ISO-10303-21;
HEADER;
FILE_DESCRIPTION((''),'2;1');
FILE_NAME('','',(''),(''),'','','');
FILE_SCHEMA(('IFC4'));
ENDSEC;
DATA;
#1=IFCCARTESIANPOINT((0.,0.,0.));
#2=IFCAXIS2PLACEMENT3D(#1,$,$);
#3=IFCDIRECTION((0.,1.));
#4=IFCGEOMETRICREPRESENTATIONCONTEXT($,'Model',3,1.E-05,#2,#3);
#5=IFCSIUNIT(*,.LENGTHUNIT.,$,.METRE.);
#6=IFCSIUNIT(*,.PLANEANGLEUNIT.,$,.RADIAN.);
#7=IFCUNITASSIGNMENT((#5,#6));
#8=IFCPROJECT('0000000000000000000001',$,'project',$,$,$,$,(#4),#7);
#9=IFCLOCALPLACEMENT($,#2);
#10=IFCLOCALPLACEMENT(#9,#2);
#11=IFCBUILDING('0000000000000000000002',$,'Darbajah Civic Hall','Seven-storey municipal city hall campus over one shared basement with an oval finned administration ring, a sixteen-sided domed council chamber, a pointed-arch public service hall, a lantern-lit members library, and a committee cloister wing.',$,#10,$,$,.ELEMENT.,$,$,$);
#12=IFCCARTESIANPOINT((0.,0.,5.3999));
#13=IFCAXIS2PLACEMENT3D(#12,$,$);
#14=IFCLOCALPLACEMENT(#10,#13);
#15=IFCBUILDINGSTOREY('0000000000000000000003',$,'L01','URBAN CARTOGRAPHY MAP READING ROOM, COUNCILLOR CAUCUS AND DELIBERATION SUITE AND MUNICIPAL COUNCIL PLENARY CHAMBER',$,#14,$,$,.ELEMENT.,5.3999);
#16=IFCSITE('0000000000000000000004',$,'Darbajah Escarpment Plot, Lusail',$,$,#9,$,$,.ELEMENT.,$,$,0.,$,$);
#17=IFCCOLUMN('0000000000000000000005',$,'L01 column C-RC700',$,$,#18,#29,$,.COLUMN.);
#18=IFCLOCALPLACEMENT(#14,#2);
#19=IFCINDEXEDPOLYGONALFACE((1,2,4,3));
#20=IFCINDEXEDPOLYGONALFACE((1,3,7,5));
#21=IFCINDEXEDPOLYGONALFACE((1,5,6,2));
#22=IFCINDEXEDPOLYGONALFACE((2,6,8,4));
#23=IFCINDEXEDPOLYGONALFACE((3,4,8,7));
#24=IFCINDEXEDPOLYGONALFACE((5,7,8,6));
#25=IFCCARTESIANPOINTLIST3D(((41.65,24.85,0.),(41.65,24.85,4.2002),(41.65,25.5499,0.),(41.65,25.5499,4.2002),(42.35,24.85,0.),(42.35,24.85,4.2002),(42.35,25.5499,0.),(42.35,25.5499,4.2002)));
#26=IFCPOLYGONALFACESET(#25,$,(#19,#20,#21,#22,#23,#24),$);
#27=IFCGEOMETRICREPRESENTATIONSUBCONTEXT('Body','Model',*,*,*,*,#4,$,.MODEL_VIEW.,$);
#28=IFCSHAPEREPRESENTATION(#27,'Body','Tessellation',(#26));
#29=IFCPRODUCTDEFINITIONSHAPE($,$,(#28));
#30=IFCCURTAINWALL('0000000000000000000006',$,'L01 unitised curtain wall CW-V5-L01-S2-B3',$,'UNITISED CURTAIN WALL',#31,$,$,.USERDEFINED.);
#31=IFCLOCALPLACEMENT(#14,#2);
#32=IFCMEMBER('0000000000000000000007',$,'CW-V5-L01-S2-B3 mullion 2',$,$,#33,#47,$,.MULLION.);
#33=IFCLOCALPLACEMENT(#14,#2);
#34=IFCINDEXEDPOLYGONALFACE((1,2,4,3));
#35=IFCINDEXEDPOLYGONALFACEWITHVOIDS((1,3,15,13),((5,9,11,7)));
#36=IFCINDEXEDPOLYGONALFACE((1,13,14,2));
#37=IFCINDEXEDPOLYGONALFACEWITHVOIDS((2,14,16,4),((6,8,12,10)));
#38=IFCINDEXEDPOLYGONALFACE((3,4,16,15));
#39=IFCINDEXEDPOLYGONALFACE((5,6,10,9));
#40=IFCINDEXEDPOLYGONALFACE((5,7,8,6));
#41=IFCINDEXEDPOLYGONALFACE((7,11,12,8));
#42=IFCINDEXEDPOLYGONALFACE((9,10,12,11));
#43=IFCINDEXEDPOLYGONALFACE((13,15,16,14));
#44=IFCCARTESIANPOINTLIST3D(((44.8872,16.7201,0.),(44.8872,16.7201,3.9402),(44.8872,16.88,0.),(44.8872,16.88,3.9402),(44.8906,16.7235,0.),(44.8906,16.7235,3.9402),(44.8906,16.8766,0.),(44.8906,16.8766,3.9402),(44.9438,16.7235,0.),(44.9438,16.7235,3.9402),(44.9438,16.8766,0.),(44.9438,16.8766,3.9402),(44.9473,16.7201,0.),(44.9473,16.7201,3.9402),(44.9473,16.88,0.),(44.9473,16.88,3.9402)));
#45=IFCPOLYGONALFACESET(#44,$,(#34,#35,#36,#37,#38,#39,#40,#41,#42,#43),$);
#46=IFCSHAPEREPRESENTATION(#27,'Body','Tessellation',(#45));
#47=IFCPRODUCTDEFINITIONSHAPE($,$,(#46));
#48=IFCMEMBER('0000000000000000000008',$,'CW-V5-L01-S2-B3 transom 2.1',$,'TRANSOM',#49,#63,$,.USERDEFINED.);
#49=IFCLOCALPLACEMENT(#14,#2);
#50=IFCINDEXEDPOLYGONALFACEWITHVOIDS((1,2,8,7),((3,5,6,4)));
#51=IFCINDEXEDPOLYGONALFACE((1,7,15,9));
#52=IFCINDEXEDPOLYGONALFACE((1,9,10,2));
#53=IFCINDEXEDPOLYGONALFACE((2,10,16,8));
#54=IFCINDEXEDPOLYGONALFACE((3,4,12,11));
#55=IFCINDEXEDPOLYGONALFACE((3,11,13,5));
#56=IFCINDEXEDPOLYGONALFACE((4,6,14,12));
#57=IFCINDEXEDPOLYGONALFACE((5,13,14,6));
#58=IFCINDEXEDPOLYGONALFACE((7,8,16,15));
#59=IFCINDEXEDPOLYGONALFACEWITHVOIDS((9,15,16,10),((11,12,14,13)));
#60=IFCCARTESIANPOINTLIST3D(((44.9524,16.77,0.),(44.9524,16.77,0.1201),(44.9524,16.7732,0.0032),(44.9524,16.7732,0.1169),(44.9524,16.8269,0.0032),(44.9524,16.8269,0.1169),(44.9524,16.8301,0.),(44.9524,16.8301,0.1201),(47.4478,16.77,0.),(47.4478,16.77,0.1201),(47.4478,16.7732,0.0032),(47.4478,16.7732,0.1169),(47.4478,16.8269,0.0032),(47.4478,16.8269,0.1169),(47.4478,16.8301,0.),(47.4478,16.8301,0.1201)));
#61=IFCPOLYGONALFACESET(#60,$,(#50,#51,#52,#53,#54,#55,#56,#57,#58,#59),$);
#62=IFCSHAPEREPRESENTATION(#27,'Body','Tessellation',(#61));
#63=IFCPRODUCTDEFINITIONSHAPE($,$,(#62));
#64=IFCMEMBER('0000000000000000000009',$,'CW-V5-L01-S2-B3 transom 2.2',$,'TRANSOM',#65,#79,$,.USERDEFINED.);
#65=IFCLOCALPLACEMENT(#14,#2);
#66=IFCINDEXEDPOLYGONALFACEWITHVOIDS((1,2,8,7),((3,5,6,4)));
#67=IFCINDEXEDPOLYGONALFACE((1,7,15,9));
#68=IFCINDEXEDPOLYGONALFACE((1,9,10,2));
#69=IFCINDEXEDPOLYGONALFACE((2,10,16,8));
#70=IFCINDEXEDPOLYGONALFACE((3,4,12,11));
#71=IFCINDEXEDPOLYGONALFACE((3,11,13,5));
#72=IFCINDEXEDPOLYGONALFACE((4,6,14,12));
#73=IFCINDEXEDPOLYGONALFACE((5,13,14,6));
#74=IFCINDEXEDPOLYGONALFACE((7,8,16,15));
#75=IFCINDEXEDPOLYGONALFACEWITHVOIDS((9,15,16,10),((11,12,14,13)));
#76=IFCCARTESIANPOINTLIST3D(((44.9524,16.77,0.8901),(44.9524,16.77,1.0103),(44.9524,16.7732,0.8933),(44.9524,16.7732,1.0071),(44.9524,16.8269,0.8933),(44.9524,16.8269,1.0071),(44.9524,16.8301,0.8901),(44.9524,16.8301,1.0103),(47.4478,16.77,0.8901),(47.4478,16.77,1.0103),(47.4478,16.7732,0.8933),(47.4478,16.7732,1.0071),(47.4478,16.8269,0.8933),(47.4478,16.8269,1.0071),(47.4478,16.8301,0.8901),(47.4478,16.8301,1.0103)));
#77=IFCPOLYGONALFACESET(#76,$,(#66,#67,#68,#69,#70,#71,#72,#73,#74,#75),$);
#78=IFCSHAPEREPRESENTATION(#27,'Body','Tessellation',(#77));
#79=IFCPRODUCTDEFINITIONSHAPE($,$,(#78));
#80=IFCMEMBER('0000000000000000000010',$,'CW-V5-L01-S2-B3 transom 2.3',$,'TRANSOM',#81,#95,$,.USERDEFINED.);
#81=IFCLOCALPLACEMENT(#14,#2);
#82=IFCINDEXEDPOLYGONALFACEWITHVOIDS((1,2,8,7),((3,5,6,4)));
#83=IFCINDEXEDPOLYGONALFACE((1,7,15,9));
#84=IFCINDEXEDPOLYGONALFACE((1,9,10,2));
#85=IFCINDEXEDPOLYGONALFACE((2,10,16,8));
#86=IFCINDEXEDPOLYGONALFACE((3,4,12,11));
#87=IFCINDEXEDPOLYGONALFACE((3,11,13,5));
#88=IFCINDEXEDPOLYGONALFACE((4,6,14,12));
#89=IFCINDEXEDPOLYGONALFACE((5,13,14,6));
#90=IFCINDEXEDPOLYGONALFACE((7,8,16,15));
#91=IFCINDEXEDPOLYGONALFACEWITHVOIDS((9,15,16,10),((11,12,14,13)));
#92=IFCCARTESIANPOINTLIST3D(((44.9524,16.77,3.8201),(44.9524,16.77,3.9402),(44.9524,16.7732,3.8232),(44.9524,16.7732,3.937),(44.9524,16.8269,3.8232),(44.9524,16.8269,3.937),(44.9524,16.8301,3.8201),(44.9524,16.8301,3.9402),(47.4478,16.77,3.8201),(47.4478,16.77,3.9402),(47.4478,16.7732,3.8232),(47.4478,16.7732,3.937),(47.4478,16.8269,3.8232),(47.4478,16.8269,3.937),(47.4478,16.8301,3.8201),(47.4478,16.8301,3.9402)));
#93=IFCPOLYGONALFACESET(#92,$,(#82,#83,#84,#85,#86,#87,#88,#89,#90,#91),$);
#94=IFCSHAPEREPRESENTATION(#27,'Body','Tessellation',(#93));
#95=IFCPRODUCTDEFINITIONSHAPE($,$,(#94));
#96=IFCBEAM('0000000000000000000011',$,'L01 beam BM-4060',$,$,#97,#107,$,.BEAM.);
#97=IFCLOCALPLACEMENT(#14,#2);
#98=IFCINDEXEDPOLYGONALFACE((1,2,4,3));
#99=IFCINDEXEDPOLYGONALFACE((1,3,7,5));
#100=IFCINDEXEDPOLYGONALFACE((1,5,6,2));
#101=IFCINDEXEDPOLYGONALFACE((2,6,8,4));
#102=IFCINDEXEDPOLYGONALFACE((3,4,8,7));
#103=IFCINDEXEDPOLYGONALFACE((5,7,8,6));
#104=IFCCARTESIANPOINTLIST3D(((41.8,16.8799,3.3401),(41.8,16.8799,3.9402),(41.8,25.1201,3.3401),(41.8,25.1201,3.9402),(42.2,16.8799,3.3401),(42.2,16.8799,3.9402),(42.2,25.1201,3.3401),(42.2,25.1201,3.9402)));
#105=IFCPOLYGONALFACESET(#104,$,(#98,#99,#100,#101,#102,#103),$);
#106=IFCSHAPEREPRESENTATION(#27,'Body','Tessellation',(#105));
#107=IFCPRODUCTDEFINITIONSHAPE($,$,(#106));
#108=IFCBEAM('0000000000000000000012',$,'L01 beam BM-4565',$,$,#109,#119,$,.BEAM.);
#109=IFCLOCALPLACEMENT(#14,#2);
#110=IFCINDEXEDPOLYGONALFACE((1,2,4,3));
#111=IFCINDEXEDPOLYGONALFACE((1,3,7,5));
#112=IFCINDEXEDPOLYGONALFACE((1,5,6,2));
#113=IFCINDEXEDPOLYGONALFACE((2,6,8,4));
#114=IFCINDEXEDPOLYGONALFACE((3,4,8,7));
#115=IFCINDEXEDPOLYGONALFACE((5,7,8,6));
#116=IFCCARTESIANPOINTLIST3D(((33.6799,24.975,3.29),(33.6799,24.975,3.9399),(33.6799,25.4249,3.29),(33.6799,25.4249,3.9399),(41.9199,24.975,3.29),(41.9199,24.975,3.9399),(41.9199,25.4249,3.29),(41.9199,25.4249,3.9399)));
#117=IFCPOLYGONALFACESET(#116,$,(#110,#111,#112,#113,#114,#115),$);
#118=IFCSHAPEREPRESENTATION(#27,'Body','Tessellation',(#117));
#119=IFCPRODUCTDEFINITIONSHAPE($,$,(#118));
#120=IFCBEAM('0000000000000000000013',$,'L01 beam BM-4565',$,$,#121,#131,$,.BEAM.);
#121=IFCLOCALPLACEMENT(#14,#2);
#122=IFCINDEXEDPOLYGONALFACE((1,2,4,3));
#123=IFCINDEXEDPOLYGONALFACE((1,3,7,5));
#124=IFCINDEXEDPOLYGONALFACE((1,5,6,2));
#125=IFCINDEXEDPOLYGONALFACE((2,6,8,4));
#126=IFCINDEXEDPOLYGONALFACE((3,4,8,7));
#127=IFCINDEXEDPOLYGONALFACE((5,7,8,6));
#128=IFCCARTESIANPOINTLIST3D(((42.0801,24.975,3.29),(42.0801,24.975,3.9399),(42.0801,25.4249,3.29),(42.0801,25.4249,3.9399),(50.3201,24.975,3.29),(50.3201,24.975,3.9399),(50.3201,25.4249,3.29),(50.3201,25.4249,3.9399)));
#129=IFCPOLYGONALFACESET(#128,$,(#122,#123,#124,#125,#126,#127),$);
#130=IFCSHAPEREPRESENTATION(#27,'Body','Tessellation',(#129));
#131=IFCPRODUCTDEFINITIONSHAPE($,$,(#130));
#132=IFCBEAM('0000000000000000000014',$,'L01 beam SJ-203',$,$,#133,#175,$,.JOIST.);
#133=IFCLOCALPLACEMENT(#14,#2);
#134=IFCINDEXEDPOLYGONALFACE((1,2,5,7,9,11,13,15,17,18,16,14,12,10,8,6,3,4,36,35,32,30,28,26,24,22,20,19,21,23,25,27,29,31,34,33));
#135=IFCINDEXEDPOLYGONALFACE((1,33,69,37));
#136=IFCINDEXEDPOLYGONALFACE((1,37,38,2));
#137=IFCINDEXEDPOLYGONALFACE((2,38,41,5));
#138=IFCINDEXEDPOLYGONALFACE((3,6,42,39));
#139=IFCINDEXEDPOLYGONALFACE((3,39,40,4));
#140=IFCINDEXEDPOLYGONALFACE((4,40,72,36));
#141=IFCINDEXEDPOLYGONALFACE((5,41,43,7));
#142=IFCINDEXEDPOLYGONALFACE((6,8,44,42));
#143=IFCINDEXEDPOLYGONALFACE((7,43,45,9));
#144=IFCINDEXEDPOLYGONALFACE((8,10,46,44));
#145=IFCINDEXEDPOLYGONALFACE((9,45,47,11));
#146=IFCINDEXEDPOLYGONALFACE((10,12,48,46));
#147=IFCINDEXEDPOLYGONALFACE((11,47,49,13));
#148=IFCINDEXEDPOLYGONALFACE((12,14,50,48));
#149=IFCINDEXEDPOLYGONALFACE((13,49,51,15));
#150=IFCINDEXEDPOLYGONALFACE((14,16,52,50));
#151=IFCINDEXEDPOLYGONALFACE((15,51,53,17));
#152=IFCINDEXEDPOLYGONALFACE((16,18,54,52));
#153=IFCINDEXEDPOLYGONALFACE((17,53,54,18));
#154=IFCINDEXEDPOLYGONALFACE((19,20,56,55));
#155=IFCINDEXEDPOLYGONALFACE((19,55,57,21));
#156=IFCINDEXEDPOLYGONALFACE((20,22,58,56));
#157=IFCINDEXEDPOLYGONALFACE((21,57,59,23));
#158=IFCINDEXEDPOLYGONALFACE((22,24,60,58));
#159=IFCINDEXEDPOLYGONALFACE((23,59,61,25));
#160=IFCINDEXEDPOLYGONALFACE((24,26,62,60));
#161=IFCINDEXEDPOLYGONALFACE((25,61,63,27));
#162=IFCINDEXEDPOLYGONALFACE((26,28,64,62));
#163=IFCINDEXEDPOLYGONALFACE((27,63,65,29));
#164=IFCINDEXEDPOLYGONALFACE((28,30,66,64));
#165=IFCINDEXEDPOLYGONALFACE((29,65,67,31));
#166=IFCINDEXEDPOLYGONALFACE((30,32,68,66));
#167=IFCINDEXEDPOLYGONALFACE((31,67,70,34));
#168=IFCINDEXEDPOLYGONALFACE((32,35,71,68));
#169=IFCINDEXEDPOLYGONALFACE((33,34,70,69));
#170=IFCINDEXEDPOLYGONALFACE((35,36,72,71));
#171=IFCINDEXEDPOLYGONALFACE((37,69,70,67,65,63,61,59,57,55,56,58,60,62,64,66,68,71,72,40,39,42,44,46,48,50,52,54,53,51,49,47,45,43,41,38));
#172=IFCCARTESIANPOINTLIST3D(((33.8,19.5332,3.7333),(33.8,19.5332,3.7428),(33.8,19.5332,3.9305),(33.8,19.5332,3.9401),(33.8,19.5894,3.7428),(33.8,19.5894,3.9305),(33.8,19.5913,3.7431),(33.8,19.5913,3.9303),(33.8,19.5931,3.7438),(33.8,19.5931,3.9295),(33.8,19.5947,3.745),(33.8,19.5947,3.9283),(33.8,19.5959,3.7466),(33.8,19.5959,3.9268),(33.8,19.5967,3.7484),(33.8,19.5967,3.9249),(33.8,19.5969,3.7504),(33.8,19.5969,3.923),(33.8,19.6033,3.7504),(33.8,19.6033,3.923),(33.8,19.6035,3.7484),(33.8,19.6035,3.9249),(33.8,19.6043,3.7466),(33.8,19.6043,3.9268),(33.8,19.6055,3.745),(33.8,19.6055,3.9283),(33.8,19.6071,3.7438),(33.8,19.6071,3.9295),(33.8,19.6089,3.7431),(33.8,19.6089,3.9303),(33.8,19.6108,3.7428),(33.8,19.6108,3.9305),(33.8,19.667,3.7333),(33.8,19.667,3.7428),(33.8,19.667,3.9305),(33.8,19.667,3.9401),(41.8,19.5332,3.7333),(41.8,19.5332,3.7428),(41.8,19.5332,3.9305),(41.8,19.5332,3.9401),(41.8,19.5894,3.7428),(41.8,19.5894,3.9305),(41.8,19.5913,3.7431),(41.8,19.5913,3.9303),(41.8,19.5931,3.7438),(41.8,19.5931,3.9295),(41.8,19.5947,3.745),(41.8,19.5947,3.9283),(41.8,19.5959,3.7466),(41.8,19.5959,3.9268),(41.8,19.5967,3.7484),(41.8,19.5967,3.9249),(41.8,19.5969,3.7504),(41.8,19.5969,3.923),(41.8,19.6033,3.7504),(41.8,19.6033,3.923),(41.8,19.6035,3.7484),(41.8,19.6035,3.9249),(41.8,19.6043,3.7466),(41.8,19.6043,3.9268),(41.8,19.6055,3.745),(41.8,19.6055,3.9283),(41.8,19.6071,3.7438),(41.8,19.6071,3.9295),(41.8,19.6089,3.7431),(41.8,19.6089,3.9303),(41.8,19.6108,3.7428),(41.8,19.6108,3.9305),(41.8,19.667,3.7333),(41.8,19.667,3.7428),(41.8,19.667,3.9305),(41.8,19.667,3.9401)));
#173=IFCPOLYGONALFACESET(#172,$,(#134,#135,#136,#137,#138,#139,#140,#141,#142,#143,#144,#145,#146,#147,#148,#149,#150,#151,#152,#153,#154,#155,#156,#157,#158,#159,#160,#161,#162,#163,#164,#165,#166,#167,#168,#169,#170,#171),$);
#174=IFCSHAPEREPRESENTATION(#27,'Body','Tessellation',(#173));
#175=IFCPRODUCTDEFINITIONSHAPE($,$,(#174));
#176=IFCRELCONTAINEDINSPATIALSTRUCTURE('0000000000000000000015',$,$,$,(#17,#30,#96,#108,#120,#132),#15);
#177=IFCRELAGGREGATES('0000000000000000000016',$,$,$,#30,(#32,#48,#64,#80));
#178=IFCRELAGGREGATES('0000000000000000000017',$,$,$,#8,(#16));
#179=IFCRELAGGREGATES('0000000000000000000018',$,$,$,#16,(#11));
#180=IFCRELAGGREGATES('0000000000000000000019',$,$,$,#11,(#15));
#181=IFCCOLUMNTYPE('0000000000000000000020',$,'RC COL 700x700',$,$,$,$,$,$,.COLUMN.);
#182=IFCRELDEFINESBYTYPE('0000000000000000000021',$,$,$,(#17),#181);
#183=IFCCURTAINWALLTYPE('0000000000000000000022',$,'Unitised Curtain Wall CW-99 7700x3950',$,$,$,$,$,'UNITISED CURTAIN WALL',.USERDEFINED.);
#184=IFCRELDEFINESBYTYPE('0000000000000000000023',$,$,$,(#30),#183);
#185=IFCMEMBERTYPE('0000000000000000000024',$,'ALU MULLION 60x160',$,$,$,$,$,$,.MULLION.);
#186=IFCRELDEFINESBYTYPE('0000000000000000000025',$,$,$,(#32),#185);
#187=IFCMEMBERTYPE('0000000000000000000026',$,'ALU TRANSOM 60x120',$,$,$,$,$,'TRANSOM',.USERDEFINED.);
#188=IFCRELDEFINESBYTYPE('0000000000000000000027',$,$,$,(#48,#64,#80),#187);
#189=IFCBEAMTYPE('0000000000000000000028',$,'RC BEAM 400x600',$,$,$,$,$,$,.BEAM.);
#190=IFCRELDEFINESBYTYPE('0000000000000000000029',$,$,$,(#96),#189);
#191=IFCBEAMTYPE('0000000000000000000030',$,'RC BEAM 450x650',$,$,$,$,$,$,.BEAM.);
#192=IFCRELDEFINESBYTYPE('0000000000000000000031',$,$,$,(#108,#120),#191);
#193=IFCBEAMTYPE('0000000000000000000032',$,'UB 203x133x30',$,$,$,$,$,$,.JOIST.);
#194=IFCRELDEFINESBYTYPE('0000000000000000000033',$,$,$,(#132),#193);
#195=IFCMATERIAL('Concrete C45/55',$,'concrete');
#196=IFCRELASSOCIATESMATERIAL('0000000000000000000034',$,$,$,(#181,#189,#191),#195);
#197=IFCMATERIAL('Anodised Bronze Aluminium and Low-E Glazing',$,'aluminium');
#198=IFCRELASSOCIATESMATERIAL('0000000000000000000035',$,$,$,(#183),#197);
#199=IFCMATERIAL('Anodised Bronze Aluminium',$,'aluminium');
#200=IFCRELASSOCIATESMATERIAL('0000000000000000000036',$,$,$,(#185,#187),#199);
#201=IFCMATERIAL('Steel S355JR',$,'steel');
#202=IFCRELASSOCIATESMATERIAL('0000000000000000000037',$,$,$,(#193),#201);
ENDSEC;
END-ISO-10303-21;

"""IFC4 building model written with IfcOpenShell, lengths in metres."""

from ifc_helpers import new_model, si_unit, direction, frame, origin, origin_2d, place, context, subcontext, project, spatial, rectangle, hollow_rectangle, i_section, extrude, material, material_profile, profile_set, type_object, element, aggregate, save


model = new_model("IFC4")

# Units and contexts
model_context = context("Model", 3, precision=1e-05, world=origin(), true_north=direction((0.0, 1.0)))
body_context = subcontext(model_context, "Body", "Model", "MODEL_VIEW")
ifc_project = project(units=[si_unit("LENGTHUNIT", "METRE"), si_unit("PLANEANGLEUNIT", "RADIAN")], contexts=[model_context])

# Site, building, storey
site_placement = place(None, origin())
site = spatial("IfcSite", under=ifc_project, at=site_placement, Name="Darbajah Escarpment Plot, Lusail", CompositionType="ELEMENT", RefElevation=0.0)
building_placement = place(site_placement, origin())
building = spatial("IfcBuilding", under=site, at=building_placement, Name="Darbajah Civic Hall", Description="Seven-storey municipal city hall campus over one shared basement with an oval finned administration ring, a sixteen-sided domed council chamber, a pointed-arch public service hall, a lantern-lit members library, and a committee cloister wing.", CompositionType="ELEMENT")
storey_placement = place(building_placement, frame((0.0, 0.0, 5.3999)))
storey = spatial("IfcBuildingStorey", under=building, at=storey_placement, Name="L01", Description="URBAN CARTOGRAPHY MAP READING ROOM, COUNCILLOR CAUCUS AND DELIBERATION SUITE AND MUNICIPAL COUNCIL PLENARY CHAMBER", CompositionType="ELEMENT", Elevation=5.3999)

# Column
ifc_material_1 = material(Name="Concrete C45/55", Category="concrete")
ifc_material_profile_1 = material_profile(ifc_material_1, rectangle(XDim=0.7, YDim=0.7, at=origin_2d()), Name="RC COL 700x700")
ifc_profile_set_1 = profile_set([ifc_material_profile_1], Name="Concrete C45/55")
column_type = type_object("IfcColumnType", Name="RC COL 700x700", PredefinedType="COLUMN", material=ifc_profile_set_1)
column_placement = place(storey_placement, frame((42.0, 25.2, 0.0), z_axis=(0.0, 0.0, 1.0), x_axis=(1.0, 0.0, 0.0)))
element("IfcColumn", 1, at=column_placement, inside=storey, type_object=column_type, Name="L01 column C-RC700", PredefinedType="COLUMN", context=body_context, shape_type="SweptSolid", body=[
    extrude(rectangle(XDim=0.7, YDim=0.7, at=origin_2d()), origin(), (0.0, 0.0, 1.0), 4.2002),
])

# Curtain wall, members
ifc_material_2 = material(Name="Anodised Bronze Aluminium and Low-E Glazing", Category="aluminium")
curtain_wall_type = type_object("IfcCurtainWallType", Name="Unitised Curtain Wall CW-99 7700x3950", ElementType="UNITISED CURTAIN WALL", PredefinedType="USERDEFINED", material=ifc_material_2)
curtain_wall_placement = place(storey_placement, origin())
curtain_wall = element("IfcCurtainWall", 2, at=curtain_wall_placement, inside=storey, type_object=curtain_wall_type, Name="L01 unitised curtain wall CW-V5-L01-S2-B3", ObjectType="UNITISED CURTAIN WALL", PredefinedType="USERDEFINED")
ifc_material_3 = material(Name="Anodised Bronze Aluminium", Category="aluminium")
ifc_material_profile_2 = material_profile(ifc_material_3, hollow_rectangle(XDim=0.0601, YDim=0.1599, WallThickness=0.0034, at=origin_2d()), Name="ALU MULLION 60x160")
ifc_profile_set_2 = profile_set([ifc_material_profile_2], Name="Anodised Bronze Aluminium")
member_type_1 = type_object("IfcMemberType", Name="ALU MULLION 60x160", PredefinedType="MULLION", material=ifc_profile_set_2)
member_1_placement = place(storey_placement, frame((44.9172, 16.8, 0.0), z_axis=(0.0, 0.0, 1.0), x_axis=(1.0, 0.0, 0.0)))
member_1 = element("IfcMember", 3, at=member_1_placement, type_object=member_type_1, Name="CW-V5-L01-S2-B3 mullion 2", PredefinedType="MULLION", context=body_context, shape_type="SweptSolid", body=[
    extrude(hollow_rectangle(XDim=0.0601, YDim=0.1599, WallThickness=0.0034, at=origin_2d()), origin(), (0.0, 0.0, 1.0), 3.9402),
])
ifc_material_profile_3 = material_profile(ifc_material_3, hollow_rectangle(XDim=0.0601, YDim=0.1201, WallThickness=0.0032, at=origin_2d()), Name="ALU TRANSOM 60x120")
ifc_profile_set_3 = profile_set([ifc_material_profile_3], Name="Anodised Bronze Aluminium")
member_type_2 = type_object("IfcMemberType", Name="ALU TRANSOM 60x120", ElementType="TRANSOM", PredefinedType="USERDEFINED", material=ifc_profile_set_3)
member_2_placement = place(storey_placement, frame((44.9524, 16.8, 0.0601), z_axis=(1.0, 0.0, 0.0), x_axis=(0.0, 1.0, 0.0)))
member_2 = element("IfcMember", 4, at=member_2_placement, type_object=member_type_2, Name="CW-V5-L01-S2-B3 transom 2.1", ObjectType="TRANSOM", PredefinedType="USERDEFINED", context=body_context, shape_type="SweptSolid", body=[
    extrude(hollow_rectangle(XDim=0.0601, YDim=0.1201, WallThickness=0.0032, at=origin_2d()), origin(), (0.0, 0.0, 1.0), 2.4954),
])
member_3_placement = place(storey_placement, frame((44.9524, 16.8, 0.9502), z_axis=(1.0, 0.0, 0.0), x_axis=(0.0, 1.0, 0.0)))
member_3 = element("IfcMember", 5, at=member_3_placement, type_object=member_type_2, Name="CW-V5-L01-S2-B3 transom 2.2", ObjectType="TRANSOM", PredefinedType="USERDEFINED", context=body_context, shape_type="SweptSolid", body=[
    extrude(hollow_rectangle(XDim=0.0601, YDim=0.1201, WallThickness=0.0032, at=origin_2d()), origin(), (0.0, 0.0, 1.0), 2.4954),
])
member_4_placement = place(storey_placement, frame((44.9524, 16.8, 3.8801), z_axis=(1.0, 0.0, 0.0), x_axis=(0.0, 1.0, 0.0)))
member_4 = element("IfcMember", 6, at=member_4_placement, type_object=member_type_2, Name="CW-V5-L01-S2-B3 transom 2.3", ObjectType="TRANSOM", PredefinedType="USERDEFINED", context=body_context, shape_type="SweptSolid", body=[
    extrude(hollow_rectangle(XDim=0.0601, YDim=0.1201, WallThickness=0.0032, at=origin_2d()), origin(), (0.0, 0.0, 1.0), 2.4954),
])

# Beams
ifc_material_profile_4 = material_profile(ifc_material_1, rectangle(XDim=0.3999, YDim=0.6001, at=origin_2d()), Name="RC BEAM 400x600")
ifc_profile_set_4 = profile_set([ifc_material_profile_4], Name="Concrete C45/55")
beam_type_1 = type_object("IfcBeamType", Name="RC BEAM 400x600", PredefinedType="BEAM", material=ifc_profile_set_4)
beam_1_placement = place(storey_placement, frame((42.0, 16.8799, 3.6401), z_axis=(0.0, 1.0, 0.0), x_axis=(-1.0, 0.0, 0.0)))
element("IfcBeam", 7, at=beam_1_placement, inside=storey, type_object=beam_type_1, Name="L01 beam BM-4060", PredefinedType="BEAM", context=body_context, shape_type="SweptSolid", body=[
    extrude(rectangle(XDim=0.3999, YDim=0.6001, at=origin_2d()), origin(), (0.0, 0.0, 1.0), 8.2402),
])
ifc_material_profile_5 = material_profile(ifc_material_1, rectangle(XDim=0.45, YDim=0.6499, at=origin_2d()), Name="RC BEAM 450x650")
ifc_profile_set_5 = profile_set([ifc_material_profile_5], Name="Concrete C45/55")
beam_type_2 = type_object("IfcBeamType", Name="RC BEAM 450x650", PredefinedType="BEAM", material=ifc_profile_set_5)
for number, where, z_axis, x_axis, name in (
    (8, (33.6799, 25.2, 3.615), (1.0, 0.0, 0.0), (0.0, 1.0, 0.0), "L01 beam BM-4565"),
    (9, (42.0801, 25.2, 3.615), (1.0, 0.0, 0.0), (0.0, 1.0, 0.0), "L01 beam BM-4565"),
):
    element("IfcBeam", number, at=place(storey_placement, frame(where, z_axis=z_axis, x_axis=x_axis)), inside=storey, type_object=beam_type_2, Name=name, PredefinedType="BEAM", context=body_context, shape_type="SweptSolid", body=[
        extrude(rectangle(XDim=0.45, YDim=0.6499, at=origin_2d()), origin(), (0.0, 0.0, 1.0), 8.24),
    ])
ifc_material_4 = material(Name="Steel S355JR", Category="steel")
ifc_material_profile_6 = material_profile(ifc_material_4, i_section(OverallWidth=0.1338, OverallDepth=0.2068, WebThickness=0.0063, FlangeThickness=0.0095, FilletRadius=0.0076, at=origin_2d()), Name="UB 203x133x30")
ifc_profile_set_6 = profile_set([ifc_material_profile_6], Name="Steel S355JR")
beam_type_3 = type_object("IfcBeamType", Name="UB 203x133x30", PredefinedType="JOIST", material=ifc_profile_set_6)
for number, where, z_axis, x_axis, name in (
    (10, (33.8, 19.6001, 3.8367), (1.0, 0.0, 0.0), (0.0, 1.0, 0.0), "L01 beam SJ-203"),
):
    element("IfcBeam", number, at=place(storey_placement, frame(where, z_axis=z_axis, x_axis=x_axis)), inside=storey, type_object=beam_type_3, Name=name, PredefinedType="JOIST", context=body_context, shape_type="SweptSolid", body=[
        extrude(i_section(OverallWidth=0.1338, OverallDepth=0.2068, WebThickness=0.0063, FlangeThickness=0.0095, FilletRadius=0.0076, at=origin_2d()), origin(), (0.0, 0.0, 1.0), 8.0),
    ])

aggregate(curtain_wall, [member_1, member_2, member_3, member_4])

save(model, "model.ifc")
